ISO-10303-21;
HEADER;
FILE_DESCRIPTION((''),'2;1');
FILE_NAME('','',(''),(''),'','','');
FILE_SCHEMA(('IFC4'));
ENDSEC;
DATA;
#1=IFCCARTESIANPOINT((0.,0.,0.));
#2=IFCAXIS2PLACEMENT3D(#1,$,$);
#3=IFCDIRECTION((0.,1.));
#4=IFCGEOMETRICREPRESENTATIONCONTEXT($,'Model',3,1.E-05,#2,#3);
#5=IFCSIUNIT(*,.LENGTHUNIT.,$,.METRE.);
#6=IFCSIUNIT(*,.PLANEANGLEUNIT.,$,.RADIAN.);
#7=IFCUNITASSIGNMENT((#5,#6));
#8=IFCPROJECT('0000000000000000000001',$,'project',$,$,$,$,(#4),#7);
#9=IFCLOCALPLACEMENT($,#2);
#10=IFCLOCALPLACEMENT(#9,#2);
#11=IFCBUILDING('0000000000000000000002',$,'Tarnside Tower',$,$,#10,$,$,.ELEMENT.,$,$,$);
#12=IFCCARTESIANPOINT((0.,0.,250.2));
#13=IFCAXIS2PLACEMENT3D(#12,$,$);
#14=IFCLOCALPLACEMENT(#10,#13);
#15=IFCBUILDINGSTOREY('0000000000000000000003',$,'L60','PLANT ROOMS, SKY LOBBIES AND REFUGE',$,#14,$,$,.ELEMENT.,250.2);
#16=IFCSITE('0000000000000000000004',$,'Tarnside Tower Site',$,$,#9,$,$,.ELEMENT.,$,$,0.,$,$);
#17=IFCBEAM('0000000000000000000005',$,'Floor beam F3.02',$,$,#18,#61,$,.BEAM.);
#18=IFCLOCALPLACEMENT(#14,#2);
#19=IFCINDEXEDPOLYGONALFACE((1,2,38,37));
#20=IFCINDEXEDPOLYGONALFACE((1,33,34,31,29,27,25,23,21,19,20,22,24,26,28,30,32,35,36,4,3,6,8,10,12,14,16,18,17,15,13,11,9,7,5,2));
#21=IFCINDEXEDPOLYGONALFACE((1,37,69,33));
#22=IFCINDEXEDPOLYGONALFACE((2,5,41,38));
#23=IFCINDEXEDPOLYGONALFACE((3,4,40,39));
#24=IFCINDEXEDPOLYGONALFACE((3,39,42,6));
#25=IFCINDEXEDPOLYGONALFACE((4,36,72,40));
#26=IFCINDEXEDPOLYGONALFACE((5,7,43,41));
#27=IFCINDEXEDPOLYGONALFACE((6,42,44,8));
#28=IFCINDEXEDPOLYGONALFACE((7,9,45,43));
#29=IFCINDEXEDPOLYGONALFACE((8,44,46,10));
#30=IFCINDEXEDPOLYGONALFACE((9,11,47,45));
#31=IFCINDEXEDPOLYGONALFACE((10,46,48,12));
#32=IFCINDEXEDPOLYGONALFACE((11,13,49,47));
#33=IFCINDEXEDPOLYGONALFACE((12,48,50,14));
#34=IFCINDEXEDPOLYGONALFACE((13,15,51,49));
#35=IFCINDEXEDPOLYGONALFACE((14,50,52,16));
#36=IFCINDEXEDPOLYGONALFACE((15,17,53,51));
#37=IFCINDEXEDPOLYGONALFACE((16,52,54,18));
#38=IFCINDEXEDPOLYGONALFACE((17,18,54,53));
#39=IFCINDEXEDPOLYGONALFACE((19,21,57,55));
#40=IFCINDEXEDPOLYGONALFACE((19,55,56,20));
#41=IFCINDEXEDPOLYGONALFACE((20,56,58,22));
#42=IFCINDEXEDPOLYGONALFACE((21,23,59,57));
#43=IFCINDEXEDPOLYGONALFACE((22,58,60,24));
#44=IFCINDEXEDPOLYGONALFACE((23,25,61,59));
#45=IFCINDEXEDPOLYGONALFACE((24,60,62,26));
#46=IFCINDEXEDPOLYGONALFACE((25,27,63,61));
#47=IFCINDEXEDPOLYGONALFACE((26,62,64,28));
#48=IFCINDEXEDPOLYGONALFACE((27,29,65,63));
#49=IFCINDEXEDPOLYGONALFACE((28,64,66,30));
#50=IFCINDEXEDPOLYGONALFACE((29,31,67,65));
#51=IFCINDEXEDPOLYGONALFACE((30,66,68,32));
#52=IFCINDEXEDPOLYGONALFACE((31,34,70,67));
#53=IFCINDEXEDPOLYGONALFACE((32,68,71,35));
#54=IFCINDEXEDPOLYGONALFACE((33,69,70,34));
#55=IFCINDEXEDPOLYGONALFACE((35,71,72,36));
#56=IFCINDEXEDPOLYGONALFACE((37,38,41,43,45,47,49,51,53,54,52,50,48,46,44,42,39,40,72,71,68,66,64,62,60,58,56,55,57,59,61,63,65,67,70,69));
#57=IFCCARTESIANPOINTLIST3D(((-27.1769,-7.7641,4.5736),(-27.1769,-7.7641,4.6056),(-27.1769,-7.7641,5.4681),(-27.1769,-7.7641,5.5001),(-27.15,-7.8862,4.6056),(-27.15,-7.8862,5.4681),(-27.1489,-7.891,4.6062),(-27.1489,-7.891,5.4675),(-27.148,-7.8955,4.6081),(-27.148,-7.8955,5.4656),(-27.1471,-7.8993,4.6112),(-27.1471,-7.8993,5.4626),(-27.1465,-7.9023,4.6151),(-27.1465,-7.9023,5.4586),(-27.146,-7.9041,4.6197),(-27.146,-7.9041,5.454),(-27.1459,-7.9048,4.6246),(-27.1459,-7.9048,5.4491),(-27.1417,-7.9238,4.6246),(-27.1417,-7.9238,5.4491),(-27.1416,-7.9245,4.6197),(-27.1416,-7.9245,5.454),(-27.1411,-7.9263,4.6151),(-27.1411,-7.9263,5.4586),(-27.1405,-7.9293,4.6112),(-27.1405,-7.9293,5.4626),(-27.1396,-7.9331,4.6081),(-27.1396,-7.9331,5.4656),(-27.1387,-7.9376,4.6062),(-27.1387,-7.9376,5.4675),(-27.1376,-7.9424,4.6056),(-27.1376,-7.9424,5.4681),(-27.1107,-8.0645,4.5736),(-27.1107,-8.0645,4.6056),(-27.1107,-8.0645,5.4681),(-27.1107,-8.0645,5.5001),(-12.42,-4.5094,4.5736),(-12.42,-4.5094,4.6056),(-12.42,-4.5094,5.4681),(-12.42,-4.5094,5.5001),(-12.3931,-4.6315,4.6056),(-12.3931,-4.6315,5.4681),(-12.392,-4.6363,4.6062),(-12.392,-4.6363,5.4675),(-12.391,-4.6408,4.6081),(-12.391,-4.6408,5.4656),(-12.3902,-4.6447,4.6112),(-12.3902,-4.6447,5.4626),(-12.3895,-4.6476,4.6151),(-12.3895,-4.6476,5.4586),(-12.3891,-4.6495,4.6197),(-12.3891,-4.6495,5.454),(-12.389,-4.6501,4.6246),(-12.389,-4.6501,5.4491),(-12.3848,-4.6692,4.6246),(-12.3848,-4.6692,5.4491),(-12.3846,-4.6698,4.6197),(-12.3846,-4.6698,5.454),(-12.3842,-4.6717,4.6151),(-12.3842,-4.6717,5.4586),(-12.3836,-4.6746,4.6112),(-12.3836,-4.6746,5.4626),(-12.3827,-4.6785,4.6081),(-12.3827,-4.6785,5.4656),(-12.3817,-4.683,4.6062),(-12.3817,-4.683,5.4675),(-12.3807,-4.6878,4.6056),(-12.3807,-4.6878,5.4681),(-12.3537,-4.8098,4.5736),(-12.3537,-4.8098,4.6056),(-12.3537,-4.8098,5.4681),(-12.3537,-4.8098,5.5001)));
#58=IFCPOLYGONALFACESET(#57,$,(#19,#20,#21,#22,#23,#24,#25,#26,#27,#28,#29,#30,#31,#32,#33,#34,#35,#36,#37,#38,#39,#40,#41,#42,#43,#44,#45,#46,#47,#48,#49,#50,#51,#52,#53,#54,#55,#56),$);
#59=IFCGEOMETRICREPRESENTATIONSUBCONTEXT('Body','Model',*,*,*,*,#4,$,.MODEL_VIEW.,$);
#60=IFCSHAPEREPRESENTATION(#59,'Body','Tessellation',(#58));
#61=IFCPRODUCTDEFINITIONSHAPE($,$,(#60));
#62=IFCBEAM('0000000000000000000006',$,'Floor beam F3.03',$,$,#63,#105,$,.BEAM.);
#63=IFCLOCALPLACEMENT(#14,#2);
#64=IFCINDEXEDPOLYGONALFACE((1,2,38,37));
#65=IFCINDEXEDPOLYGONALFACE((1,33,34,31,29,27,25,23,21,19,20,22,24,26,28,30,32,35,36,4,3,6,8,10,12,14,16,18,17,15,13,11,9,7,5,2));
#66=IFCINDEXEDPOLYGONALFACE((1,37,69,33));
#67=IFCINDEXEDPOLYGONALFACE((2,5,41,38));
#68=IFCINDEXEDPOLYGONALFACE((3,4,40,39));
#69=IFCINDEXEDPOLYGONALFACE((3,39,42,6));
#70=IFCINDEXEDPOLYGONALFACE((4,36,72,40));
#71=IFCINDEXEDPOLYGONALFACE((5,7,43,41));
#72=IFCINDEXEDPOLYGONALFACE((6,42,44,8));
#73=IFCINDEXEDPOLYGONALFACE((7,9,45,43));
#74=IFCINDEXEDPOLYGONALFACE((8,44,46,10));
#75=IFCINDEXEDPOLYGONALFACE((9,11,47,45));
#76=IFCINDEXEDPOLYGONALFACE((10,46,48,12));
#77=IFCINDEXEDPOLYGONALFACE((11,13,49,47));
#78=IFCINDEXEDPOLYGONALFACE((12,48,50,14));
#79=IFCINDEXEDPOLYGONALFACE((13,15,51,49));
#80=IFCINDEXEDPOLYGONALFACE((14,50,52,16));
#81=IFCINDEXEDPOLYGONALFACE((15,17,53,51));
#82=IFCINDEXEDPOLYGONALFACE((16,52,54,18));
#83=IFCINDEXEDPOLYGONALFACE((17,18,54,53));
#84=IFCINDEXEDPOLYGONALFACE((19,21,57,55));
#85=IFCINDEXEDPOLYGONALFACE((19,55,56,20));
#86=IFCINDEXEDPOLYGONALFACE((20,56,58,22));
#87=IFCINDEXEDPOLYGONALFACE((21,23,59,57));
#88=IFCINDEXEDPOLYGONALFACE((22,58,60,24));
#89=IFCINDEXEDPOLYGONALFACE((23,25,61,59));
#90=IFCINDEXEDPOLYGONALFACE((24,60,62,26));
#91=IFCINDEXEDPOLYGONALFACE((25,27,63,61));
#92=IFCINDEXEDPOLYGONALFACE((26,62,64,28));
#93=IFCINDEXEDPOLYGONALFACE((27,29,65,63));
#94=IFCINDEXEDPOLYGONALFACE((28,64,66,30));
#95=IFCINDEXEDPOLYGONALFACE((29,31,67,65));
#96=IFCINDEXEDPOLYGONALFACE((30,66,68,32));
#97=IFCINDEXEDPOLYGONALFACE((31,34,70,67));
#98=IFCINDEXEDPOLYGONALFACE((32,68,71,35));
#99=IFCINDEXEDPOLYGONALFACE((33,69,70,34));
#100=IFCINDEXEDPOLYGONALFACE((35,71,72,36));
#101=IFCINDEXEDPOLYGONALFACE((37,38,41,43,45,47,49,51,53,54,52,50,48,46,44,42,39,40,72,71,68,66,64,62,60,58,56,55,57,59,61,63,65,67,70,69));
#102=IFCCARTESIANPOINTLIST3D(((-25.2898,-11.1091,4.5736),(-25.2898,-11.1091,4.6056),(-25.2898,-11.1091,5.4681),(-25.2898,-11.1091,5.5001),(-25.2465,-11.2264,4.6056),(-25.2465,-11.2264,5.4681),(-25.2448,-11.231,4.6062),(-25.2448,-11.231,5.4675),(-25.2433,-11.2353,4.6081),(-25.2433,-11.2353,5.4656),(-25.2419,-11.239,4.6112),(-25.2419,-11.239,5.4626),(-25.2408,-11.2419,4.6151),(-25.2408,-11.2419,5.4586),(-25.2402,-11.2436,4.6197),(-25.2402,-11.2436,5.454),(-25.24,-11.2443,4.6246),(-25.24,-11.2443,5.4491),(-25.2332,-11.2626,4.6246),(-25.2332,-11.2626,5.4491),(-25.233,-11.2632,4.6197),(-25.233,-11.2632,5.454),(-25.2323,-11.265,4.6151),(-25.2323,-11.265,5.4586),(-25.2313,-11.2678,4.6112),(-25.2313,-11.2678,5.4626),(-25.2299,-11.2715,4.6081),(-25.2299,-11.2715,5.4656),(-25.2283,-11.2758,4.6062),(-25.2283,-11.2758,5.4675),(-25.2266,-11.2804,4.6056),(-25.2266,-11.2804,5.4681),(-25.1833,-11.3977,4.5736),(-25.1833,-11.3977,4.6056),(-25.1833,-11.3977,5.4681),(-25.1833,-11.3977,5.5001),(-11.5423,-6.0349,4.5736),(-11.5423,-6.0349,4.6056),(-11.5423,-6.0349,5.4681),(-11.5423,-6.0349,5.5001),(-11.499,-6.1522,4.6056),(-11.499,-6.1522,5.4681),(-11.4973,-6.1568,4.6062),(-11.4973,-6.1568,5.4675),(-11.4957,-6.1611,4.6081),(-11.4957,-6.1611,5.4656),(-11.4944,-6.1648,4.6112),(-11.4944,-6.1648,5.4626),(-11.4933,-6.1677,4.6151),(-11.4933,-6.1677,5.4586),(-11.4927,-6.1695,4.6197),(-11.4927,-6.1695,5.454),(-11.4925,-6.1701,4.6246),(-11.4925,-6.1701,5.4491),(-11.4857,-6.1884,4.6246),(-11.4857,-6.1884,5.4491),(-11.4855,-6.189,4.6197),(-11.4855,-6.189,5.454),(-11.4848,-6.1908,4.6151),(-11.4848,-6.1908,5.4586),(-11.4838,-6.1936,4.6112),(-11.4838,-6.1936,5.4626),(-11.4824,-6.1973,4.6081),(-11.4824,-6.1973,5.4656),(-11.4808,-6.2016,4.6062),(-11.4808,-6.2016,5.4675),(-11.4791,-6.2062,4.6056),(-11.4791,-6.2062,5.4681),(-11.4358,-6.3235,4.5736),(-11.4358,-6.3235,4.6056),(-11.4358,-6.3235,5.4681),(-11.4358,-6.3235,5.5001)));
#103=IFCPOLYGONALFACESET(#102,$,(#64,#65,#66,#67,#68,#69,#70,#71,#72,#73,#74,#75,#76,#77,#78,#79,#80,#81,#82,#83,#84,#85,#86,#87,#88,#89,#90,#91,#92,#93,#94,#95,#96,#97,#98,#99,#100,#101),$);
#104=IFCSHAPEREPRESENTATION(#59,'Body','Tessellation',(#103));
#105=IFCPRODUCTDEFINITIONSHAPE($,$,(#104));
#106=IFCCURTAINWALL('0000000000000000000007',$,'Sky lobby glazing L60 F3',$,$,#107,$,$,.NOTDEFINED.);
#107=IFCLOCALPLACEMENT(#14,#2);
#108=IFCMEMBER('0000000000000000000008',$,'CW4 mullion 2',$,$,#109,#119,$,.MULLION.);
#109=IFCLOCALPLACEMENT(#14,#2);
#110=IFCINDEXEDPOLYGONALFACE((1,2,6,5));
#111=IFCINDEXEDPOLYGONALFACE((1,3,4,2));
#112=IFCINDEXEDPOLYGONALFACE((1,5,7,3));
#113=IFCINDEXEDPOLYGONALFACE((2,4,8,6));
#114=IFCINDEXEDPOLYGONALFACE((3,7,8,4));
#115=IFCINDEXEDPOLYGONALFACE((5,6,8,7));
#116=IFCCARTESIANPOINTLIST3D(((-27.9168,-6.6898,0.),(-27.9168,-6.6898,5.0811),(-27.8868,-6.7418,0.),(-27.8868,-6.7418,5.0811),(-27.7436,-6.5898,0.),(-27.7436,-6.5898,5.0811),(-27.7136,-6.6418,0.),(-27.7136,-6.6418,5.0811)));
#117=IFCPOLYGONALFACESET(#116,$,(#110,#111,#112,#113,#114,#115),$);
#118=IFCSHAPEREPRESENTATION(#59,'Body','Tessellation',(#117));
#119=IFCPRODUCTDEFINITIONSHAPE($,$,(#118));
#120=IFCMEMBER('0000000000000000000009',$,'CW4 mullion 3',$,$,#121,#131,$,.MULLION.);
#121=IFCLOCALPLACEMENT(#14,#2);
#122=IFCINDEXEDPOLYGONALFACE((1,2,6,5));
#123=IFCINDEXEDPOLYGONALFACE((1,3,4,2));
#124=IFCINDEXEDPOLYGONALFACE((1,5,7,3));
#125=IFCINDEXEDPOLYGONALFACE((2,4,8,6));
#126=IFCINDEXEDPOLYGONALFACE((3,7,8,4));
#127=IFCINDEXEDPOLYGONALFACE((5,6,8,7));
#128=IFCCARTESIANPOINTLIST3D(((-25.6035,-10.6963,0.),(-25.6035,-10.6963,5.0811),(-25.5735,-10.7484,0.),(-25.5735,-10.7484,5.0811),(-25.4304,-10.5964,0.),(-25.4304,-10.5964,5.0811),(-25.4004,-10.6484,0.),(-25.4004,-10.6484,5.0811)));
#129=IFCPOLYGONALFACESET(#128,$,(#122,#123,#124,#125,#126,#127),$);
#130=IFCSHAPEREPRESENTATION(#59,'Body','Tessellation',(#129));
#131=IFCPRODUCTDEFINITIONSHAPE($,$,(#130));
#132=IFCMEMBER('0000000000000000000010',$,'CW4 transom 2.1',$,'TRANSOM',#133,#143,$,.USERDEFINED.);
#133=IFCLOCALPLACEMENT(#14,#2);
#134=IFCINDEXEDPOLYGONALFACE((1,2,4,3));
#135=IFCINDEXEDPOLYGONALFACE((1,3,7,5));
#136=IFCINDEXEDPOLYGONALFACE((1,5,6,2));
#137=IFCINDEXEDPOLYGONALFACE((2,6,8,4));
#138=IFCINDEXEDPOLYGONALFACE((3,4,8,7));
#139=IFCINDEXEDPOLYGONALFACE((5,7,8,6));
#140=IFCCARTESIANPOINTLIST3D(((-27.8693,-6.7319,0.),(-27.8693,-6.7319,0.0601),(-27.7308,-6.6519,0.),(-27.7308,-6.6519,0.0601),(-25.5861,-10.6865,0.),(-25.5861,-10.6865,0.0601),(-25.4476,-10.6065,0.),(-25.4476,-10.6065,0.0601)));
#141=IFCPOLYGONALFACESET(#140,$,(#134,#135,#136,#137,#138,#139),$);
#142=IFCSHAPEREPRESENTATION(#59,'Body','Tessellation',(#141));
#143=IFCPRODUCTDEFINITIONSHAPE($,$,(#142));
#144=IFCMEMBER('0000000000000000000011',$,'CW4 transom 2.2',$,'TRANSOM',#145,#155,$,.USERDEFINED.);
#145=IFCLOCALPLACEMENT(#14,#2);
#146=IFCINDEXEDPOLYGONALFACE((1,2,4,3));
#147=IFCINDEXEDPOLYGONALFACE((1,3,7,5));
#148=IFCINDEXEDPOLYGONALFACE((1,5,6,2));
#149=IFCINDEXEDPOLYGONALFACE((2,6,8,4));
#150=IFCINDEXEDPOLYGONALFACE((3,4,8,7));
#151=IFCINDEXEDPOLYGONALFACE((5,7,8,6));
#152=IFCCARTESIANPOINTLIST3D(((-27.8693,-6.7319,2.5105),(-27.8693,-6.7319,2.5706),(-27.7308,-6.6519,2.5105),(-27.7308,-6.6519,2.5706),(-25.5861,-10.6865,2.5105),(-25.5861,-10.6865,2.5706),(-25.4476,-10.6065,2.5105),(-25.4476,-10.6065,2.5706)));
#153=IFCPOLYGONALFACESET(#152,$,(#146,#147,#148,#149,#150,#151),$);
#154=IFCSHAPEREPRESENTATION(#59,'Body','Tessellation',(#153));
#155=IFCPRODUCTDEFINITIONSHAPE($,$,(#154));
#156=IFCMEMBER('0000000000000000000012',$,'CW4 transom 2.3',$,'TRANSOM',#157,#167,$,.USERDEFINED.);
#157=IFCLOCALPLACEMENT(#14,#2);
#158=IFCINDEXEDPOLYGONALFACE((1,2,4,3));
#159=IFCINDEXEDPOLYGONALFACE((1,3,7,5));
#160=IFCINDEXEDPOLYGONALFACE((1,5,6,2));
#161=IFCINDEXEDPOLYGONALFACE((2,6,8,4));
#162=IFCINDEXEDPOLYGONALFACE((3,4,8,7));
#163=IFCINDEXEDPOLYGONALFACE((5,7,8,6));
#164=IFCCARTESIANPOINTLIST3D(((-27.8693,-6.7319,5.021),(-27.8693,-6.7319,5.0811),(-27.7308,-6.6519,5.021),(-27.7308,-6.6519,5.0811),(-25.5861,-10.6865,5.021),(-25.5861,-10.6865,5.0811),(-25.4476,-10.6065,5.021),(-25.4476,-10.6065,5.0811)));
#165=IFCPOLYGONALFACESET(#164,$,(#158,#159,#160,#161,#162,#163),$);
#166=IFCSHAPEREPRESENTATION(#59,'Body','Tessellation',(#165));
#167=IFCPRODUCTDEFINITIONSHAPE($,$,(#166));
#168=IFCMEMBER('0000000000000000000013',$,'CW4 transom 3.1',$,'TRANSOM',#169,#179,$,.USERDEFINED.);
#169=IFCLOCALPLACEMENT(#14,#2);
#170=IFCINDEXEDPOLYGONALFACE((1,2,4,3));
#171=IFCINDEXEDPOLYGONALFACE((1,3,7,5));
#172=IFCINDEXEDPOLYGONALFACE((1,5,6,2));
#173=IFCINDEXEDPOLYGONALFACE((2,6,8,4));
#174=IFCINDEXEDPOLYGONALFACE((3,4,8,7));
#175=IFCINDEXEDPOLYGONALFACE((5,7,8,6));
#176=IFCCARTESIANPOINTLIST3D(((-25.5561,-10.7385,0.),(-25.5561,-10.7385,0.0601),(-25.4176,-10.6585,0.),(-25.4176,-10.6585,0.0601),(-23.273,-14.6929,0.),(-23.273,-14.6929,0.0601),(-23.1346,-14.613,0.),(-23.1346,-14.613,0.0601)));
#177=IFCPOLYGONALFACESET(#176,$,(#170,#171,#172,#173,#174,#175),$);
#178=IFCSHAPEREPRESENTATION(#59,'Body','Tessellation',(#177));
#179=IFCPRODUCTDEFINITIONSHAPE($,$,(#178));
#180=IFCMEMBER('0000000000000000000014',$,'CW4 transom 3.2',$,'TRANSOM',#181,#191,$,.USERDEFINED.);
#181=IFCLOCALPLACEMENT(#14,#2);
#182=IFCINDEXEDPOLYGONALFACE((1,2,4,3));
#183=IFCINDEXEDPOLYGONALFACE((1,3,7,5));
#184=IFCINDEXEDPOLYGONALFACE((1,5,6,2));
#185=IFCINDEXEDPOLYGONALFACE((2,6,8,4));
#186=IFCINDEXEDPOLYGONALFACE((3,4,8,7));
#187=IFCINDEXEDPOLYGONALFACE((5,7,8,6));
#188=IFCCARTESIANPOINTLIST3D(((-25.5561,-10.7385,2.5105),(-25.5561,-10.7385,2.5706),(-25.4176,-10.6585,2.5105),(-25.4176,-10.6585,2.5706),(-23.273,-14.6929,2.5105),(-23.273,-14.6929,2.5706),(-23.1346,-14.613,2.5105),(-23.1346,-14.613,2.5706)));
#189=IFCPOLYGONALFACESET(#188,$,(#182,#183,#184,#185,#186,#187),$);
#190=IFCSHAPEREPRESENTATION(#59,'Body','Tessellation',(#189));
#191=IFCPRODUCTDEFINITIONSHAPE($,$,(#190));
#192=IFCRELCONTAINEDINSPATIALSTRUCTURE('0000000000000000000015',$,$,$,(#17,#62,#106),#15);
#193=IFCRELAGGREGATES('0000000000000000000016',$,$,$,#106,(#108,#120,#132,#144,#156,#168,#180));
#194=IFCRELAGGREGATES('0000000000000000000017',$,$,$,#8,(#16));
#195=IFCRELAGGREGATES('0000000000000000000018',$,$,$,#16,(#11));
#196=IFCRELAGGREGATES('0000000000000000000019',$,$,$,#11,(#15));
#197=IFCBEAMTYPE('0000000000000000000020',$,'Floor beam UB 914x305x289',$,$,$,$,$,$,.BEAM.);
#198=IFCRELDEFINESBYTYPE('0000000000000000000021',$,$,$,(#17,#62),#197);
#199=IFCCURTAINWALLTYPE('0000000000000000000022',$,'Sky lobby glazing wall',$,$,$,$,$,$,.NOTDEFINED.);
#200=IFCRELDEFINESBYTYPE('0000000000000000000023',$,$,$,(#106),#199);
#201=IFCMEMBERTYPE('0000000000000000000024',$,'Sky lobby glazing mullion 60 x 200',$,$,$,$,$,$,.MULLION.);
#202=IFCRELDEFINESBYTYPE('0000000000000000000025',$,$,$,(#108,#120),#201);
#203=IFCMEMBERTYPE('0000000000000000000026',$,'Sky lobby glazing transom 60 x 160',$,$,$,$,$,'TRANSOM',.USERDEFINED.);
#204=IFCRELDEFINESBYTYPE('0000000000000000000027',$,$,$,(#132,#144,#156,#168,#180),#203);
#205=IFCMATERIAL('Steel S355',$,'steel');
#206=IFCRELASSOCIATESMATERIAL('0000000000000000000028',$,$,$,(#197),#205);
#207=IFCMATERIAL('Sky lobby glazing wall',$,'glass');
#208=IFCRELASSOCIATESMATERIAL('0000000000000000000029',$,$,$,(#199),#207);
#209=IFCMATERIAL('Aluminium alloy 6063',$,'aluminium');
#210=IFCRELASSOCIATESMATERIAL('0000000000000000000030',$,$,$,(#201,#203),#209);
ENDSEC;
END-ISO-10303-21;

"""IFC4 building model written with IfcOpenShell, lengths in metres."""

from ifc_helpers import new_model, si_unit, direction, frame, origin, origin_2d, place, context, subcontext, project, spatial, rectangle, i_section, extrude, material, material_profile, profile_set, type_object, element, aggregate, save


model = new_model("IFC4")

# Units and contexts
model_context = context("Model", 3, precision=1e-05, world=origin(), true_north=direction((0.0, 1.0)))
body_context = subcontext(model_context, "Body", "Model", "MODEL_VIEW")
ifc_project = project(units=[si_unit("LENGTHUNIT", "METRE"), si_unit("PLANEANGLEUNIT", "RADIAN")], contexts=[model_context])

# Site, building, storey
site_placement = place(None, origin())
site = spatial("IfcSite", under=ifc_project, at=site_placement, Name="Tarnside Tower Site", CompositionType="ELEMENT", RefElevation=0.0)
building_placement = place(site_placement, origin())
building = spatial("IfcBuilding", under=site, at=building_placement, Name="Tarnside Tower", CompositionType="ELEMENT")
storey_placement = place(building_placement, frame((0.0, 0.0, 250.2)))
storey = spatial("IfcBuildingStorey", under=building, at=storey_placement, Name="L60", Description="PLANT ROOMS, SKY LOBBIES AND REFUGE", CompositionType="ELEMENT", Elevation=250.2)

# Beams
ifc_material_1 = material(Name="Steel S355", Category="steel")
ifc_material_profile_1 = material_profile(ifc_material_1, i_section(OverallWidth=0.3076, OverallDepth=0.9265, WebThickness=0.0195, FlangeThickness=0.032, FilletRadius=0.019, at=origin_2d()), Name="UB 914x305x289")
ifc_profile_set_1 = profile_set([ifc_material_profile_1], Name="Steel S355")
beam_type = type_object("IfcBeamType", Name="Floor beam UB 914x305x289", PredefinedType="BEAM", material=ifc_profile_set_1)
beam_1_placement = place(storey_placement, frame((-27.1438, -7.9143, 5.0369), z_axis=(0.976531, 0.215375, 0.0), x_axis=(-0.215375, 0.976531, 0.0)))
element("IfcBeam", 1, at=beam_1_placement, inside=storey, type_object=beam_type, Name="Floor beam F3.02", PredefinedType="BEAM", context=body_context, shape_type="SweptSolid", body=[
    extrude(i_section(OverallWidth=0.3076, OverallDepth=0.9265, WebThickness=0.0195, FlangeThickness=0.032, FilletRadius=0.019, at=origin_2d()), origin(), (0.0, 0.0, 1.0), 15.1116),
])
beam_2_placement = place(storey_placement, frame((-25.2366, -11.2534, 5.0369), z_axis=(0.938136, 0.346266, 0.0), x_axis=(-0.346266, 0.938136, 0.0)))
element("IfcBeam", 2, at=beam_2_placement, inside=storey, type_object=beam_type, Name="Floor beam F3.03", PredefinedType="BEAM", context=body_context, shape_type="SweptSolid", body=[
    extrude(i_section(OverallWidth=0.3076, OverallDepth=0.9265, WebThickness=0.0195, FlangeThickness=0.032, FilletRadius=0.019, at=origin_2d()), origin(), (0.0, 0.0, 1.0), 14.6541),
])

# Curtain wall, members
ifc_material_2 = material(Name="Sky lobby glazing wall", Category="glass")
curtain_wall_type = type_object("IfcCurtainWallType", Name="Sky lobby glazing wall", PredefinedType="NOTDEFINED", material=ifc_material_2)
curtain_wall_placement = place(storey_placement, origin())
curtain_wall = element("IfcCurtainWall", 3, at=curtain_wall_placement, inside=storey, type_object=curtain_wall_type, Name="Sky lobby glazing L60 F3", PredefinedType="NOTDEFINED")
ifc_material_3 = material(Name="Aluminium alloy 6063", Category="aluminium")
ifc_material_profile_2 = material_profile(ifc_material_3, rectangle(XDim=0.2, YDim=0.0601, at=origin_2d()), Name="Sky lobby glazing mullion 60 x 200")
ifc_profile_set_2 = profile_set([ifc_material_profile_2], Name="Aluminium alloy 6063")
member_type_1 = type_object("IfcMemberType", Name="Sky lobby glazing mullion 60 x 200", PredefinedType="MULLION", material=ifc_profile_set_2)
member_1_placement = place(storey_placement, frame((-27.8152, -6.6658, 0.0), z_axis=(0.0, 0.0, 1.0), x_axis=(0.866025, 0.5, 0.0)))
member_1 = element("IfcMember", 4, at=member_1_placement, type_object=member_type_1, Name="CW4 mullion 2", PredefinedType="MULLION", context=body_context, shape_type="SweptSolid", body=[
    extrude(rectangle(XDim=0.2, YDim=0.0601, at=origin_2d()), origin(), (0.0, 0.0, 1.0), 5.0811),
])
member_2_placement = place(storey_placement, frame((-25.502, -10.6724, 0.0), z_axis=(0.0, 0.0, 1.0), x_axis=(0.866025, 0.5, 0.0)))
member_2 = element("IfcMember", 5, at=member_2_placement, type_object=member_type_1, Name="CW4 mullion 3", PredefinedType="MULLION", context=body_context, shape_type="SweptSolid", body=[
    extrude(rectangle(XDim=0.2, YDim=0.0601, at=origin_2d()), origin(), (0.0, 0.0, 1.0), 5.0811),
])
ifc_material_profile_3 = material_profile(ifc_material_3, rectangle(XDim=0.1599, YDim=0.0601, at=origin_2d()), Name="Sky lobby glazing transom 60 x 160")
ifc_profile_set_3 = profile_set([ifc_material_profile_3], Name="Aluminium alloy 6063")
member_type_2 = type_object("IfcMemberType", Name="Sky lobby glazing transom 60 x 160", ElementType="TRANSOM", PredefinedType="USERDEFINED", material=ifc_profile_set_3)
member_3_placement = place(storey_placement, frame((-27.8, -6.6919, 0.03), z_axis=(0.500003, -0.866024, 0.0), x_axis=(0.866024, 0.500003, 0.0)))
member_3 = element("IfcMember", 6, at=member_3_placement, type_object=member_type_2, Name="CW4 transom 2.1", ObjectType="TRANSOM", PredefinedType="USERDEFINED", context=body_context, shape_type="SweptSolid", body=[
    extrude(rectangle(XDim=0.1599, YDim=0.0601, at=origin_2d()), origin(), (0.0, 0.0, 1.0), 4.5664),
])
member_4_placement = place(storey_placement, frame((-27.8, -6.6919, 2.5405), z_axis=(0.500003, -0.866024, 0.0), x_axis=(0.866024, 0.500003, 0.0)))
member_4 = element("IfcMember", 7, at=member_4_placement, type_object=member_type_2, Name="CW4 transom 2.2", ObjectType="TRANSOM", PredefinedType="USERDEFINED", context=body_context, shape_type="SweptSolid", body=[
    extrude(rectangle(XDim=0.1599, YDim=0.0601, at=origin_2d()), origin(), (0.0, 0.0, 1.0), 4.5664),
])
member_5_placement = place(storey_placement, frame((-27.8, -6.6919, 5.051), z_axis=(0.500003, -0.866024, 0.0), x_axis=(0.866024, 0.500003, 0.0)))
member_5 = element("IfcMember", 8, at=member_5_placement, type_object=member_type_2, Name="CW4 transom 2.3", ObjectType="TRANSOM", PredefinedType="USERDEFINED", context=body_context, shape_type="SweptSolid", body=[
    extrude(rectangle(XDim=0.1599, YDim=0.0601, at=origin_2d()), origin(), (0.0, 0.0, 1.0), 4.5664),
])
member_6_placement = place(storey_placement, frame((-25.4868, -10.6985, 0.03), z_axis=(0.499986, -0.866033, 0.0), x_axis=(0.866033, 0.499986, 0.0)))
member_6 = element("IfcMember", 9, at=member_6_placement, type_object=member_type_2, Name="CW4 transom 3.1", ObjectType="TRANSOM", PredefinedType="USERDEFINED", context=body_context, shape_type="SweptSolid", body=[
    extrude(rectangle(XDim=0.1599, YDim=0.0601, at=origin_2d()), origin(), (0.0, 0.0, 1.0), 4.5662),
])
member_7_placement = place(storey_placement, frame((-25.4868, -10.6985, 2.5405), z_axis=(0.499986, -0.866033, 0.0), x_axis=(0.866033, 0.499986, 0.0)))
member_7 = element("IfcMember", 10, at=member_7_placement, type_object=member_type_2, Name="CW4 transom 3.2", ObjectType="TRANSOM", PredefinedType="USERDEFINED", context=body_context, shape_type="SweptSolid", body=[
    extrude(rectangle(XDim=0.1599, YDim=0.0601, at=origin_2d()), origin(), (0.0, 0.0, 1.0), 4.5662),
])

aggregate(curtain_wall, [member_1, member_2, member_3, member_4, member_5, member_6, member_7])

save(model, "model.ifc")
